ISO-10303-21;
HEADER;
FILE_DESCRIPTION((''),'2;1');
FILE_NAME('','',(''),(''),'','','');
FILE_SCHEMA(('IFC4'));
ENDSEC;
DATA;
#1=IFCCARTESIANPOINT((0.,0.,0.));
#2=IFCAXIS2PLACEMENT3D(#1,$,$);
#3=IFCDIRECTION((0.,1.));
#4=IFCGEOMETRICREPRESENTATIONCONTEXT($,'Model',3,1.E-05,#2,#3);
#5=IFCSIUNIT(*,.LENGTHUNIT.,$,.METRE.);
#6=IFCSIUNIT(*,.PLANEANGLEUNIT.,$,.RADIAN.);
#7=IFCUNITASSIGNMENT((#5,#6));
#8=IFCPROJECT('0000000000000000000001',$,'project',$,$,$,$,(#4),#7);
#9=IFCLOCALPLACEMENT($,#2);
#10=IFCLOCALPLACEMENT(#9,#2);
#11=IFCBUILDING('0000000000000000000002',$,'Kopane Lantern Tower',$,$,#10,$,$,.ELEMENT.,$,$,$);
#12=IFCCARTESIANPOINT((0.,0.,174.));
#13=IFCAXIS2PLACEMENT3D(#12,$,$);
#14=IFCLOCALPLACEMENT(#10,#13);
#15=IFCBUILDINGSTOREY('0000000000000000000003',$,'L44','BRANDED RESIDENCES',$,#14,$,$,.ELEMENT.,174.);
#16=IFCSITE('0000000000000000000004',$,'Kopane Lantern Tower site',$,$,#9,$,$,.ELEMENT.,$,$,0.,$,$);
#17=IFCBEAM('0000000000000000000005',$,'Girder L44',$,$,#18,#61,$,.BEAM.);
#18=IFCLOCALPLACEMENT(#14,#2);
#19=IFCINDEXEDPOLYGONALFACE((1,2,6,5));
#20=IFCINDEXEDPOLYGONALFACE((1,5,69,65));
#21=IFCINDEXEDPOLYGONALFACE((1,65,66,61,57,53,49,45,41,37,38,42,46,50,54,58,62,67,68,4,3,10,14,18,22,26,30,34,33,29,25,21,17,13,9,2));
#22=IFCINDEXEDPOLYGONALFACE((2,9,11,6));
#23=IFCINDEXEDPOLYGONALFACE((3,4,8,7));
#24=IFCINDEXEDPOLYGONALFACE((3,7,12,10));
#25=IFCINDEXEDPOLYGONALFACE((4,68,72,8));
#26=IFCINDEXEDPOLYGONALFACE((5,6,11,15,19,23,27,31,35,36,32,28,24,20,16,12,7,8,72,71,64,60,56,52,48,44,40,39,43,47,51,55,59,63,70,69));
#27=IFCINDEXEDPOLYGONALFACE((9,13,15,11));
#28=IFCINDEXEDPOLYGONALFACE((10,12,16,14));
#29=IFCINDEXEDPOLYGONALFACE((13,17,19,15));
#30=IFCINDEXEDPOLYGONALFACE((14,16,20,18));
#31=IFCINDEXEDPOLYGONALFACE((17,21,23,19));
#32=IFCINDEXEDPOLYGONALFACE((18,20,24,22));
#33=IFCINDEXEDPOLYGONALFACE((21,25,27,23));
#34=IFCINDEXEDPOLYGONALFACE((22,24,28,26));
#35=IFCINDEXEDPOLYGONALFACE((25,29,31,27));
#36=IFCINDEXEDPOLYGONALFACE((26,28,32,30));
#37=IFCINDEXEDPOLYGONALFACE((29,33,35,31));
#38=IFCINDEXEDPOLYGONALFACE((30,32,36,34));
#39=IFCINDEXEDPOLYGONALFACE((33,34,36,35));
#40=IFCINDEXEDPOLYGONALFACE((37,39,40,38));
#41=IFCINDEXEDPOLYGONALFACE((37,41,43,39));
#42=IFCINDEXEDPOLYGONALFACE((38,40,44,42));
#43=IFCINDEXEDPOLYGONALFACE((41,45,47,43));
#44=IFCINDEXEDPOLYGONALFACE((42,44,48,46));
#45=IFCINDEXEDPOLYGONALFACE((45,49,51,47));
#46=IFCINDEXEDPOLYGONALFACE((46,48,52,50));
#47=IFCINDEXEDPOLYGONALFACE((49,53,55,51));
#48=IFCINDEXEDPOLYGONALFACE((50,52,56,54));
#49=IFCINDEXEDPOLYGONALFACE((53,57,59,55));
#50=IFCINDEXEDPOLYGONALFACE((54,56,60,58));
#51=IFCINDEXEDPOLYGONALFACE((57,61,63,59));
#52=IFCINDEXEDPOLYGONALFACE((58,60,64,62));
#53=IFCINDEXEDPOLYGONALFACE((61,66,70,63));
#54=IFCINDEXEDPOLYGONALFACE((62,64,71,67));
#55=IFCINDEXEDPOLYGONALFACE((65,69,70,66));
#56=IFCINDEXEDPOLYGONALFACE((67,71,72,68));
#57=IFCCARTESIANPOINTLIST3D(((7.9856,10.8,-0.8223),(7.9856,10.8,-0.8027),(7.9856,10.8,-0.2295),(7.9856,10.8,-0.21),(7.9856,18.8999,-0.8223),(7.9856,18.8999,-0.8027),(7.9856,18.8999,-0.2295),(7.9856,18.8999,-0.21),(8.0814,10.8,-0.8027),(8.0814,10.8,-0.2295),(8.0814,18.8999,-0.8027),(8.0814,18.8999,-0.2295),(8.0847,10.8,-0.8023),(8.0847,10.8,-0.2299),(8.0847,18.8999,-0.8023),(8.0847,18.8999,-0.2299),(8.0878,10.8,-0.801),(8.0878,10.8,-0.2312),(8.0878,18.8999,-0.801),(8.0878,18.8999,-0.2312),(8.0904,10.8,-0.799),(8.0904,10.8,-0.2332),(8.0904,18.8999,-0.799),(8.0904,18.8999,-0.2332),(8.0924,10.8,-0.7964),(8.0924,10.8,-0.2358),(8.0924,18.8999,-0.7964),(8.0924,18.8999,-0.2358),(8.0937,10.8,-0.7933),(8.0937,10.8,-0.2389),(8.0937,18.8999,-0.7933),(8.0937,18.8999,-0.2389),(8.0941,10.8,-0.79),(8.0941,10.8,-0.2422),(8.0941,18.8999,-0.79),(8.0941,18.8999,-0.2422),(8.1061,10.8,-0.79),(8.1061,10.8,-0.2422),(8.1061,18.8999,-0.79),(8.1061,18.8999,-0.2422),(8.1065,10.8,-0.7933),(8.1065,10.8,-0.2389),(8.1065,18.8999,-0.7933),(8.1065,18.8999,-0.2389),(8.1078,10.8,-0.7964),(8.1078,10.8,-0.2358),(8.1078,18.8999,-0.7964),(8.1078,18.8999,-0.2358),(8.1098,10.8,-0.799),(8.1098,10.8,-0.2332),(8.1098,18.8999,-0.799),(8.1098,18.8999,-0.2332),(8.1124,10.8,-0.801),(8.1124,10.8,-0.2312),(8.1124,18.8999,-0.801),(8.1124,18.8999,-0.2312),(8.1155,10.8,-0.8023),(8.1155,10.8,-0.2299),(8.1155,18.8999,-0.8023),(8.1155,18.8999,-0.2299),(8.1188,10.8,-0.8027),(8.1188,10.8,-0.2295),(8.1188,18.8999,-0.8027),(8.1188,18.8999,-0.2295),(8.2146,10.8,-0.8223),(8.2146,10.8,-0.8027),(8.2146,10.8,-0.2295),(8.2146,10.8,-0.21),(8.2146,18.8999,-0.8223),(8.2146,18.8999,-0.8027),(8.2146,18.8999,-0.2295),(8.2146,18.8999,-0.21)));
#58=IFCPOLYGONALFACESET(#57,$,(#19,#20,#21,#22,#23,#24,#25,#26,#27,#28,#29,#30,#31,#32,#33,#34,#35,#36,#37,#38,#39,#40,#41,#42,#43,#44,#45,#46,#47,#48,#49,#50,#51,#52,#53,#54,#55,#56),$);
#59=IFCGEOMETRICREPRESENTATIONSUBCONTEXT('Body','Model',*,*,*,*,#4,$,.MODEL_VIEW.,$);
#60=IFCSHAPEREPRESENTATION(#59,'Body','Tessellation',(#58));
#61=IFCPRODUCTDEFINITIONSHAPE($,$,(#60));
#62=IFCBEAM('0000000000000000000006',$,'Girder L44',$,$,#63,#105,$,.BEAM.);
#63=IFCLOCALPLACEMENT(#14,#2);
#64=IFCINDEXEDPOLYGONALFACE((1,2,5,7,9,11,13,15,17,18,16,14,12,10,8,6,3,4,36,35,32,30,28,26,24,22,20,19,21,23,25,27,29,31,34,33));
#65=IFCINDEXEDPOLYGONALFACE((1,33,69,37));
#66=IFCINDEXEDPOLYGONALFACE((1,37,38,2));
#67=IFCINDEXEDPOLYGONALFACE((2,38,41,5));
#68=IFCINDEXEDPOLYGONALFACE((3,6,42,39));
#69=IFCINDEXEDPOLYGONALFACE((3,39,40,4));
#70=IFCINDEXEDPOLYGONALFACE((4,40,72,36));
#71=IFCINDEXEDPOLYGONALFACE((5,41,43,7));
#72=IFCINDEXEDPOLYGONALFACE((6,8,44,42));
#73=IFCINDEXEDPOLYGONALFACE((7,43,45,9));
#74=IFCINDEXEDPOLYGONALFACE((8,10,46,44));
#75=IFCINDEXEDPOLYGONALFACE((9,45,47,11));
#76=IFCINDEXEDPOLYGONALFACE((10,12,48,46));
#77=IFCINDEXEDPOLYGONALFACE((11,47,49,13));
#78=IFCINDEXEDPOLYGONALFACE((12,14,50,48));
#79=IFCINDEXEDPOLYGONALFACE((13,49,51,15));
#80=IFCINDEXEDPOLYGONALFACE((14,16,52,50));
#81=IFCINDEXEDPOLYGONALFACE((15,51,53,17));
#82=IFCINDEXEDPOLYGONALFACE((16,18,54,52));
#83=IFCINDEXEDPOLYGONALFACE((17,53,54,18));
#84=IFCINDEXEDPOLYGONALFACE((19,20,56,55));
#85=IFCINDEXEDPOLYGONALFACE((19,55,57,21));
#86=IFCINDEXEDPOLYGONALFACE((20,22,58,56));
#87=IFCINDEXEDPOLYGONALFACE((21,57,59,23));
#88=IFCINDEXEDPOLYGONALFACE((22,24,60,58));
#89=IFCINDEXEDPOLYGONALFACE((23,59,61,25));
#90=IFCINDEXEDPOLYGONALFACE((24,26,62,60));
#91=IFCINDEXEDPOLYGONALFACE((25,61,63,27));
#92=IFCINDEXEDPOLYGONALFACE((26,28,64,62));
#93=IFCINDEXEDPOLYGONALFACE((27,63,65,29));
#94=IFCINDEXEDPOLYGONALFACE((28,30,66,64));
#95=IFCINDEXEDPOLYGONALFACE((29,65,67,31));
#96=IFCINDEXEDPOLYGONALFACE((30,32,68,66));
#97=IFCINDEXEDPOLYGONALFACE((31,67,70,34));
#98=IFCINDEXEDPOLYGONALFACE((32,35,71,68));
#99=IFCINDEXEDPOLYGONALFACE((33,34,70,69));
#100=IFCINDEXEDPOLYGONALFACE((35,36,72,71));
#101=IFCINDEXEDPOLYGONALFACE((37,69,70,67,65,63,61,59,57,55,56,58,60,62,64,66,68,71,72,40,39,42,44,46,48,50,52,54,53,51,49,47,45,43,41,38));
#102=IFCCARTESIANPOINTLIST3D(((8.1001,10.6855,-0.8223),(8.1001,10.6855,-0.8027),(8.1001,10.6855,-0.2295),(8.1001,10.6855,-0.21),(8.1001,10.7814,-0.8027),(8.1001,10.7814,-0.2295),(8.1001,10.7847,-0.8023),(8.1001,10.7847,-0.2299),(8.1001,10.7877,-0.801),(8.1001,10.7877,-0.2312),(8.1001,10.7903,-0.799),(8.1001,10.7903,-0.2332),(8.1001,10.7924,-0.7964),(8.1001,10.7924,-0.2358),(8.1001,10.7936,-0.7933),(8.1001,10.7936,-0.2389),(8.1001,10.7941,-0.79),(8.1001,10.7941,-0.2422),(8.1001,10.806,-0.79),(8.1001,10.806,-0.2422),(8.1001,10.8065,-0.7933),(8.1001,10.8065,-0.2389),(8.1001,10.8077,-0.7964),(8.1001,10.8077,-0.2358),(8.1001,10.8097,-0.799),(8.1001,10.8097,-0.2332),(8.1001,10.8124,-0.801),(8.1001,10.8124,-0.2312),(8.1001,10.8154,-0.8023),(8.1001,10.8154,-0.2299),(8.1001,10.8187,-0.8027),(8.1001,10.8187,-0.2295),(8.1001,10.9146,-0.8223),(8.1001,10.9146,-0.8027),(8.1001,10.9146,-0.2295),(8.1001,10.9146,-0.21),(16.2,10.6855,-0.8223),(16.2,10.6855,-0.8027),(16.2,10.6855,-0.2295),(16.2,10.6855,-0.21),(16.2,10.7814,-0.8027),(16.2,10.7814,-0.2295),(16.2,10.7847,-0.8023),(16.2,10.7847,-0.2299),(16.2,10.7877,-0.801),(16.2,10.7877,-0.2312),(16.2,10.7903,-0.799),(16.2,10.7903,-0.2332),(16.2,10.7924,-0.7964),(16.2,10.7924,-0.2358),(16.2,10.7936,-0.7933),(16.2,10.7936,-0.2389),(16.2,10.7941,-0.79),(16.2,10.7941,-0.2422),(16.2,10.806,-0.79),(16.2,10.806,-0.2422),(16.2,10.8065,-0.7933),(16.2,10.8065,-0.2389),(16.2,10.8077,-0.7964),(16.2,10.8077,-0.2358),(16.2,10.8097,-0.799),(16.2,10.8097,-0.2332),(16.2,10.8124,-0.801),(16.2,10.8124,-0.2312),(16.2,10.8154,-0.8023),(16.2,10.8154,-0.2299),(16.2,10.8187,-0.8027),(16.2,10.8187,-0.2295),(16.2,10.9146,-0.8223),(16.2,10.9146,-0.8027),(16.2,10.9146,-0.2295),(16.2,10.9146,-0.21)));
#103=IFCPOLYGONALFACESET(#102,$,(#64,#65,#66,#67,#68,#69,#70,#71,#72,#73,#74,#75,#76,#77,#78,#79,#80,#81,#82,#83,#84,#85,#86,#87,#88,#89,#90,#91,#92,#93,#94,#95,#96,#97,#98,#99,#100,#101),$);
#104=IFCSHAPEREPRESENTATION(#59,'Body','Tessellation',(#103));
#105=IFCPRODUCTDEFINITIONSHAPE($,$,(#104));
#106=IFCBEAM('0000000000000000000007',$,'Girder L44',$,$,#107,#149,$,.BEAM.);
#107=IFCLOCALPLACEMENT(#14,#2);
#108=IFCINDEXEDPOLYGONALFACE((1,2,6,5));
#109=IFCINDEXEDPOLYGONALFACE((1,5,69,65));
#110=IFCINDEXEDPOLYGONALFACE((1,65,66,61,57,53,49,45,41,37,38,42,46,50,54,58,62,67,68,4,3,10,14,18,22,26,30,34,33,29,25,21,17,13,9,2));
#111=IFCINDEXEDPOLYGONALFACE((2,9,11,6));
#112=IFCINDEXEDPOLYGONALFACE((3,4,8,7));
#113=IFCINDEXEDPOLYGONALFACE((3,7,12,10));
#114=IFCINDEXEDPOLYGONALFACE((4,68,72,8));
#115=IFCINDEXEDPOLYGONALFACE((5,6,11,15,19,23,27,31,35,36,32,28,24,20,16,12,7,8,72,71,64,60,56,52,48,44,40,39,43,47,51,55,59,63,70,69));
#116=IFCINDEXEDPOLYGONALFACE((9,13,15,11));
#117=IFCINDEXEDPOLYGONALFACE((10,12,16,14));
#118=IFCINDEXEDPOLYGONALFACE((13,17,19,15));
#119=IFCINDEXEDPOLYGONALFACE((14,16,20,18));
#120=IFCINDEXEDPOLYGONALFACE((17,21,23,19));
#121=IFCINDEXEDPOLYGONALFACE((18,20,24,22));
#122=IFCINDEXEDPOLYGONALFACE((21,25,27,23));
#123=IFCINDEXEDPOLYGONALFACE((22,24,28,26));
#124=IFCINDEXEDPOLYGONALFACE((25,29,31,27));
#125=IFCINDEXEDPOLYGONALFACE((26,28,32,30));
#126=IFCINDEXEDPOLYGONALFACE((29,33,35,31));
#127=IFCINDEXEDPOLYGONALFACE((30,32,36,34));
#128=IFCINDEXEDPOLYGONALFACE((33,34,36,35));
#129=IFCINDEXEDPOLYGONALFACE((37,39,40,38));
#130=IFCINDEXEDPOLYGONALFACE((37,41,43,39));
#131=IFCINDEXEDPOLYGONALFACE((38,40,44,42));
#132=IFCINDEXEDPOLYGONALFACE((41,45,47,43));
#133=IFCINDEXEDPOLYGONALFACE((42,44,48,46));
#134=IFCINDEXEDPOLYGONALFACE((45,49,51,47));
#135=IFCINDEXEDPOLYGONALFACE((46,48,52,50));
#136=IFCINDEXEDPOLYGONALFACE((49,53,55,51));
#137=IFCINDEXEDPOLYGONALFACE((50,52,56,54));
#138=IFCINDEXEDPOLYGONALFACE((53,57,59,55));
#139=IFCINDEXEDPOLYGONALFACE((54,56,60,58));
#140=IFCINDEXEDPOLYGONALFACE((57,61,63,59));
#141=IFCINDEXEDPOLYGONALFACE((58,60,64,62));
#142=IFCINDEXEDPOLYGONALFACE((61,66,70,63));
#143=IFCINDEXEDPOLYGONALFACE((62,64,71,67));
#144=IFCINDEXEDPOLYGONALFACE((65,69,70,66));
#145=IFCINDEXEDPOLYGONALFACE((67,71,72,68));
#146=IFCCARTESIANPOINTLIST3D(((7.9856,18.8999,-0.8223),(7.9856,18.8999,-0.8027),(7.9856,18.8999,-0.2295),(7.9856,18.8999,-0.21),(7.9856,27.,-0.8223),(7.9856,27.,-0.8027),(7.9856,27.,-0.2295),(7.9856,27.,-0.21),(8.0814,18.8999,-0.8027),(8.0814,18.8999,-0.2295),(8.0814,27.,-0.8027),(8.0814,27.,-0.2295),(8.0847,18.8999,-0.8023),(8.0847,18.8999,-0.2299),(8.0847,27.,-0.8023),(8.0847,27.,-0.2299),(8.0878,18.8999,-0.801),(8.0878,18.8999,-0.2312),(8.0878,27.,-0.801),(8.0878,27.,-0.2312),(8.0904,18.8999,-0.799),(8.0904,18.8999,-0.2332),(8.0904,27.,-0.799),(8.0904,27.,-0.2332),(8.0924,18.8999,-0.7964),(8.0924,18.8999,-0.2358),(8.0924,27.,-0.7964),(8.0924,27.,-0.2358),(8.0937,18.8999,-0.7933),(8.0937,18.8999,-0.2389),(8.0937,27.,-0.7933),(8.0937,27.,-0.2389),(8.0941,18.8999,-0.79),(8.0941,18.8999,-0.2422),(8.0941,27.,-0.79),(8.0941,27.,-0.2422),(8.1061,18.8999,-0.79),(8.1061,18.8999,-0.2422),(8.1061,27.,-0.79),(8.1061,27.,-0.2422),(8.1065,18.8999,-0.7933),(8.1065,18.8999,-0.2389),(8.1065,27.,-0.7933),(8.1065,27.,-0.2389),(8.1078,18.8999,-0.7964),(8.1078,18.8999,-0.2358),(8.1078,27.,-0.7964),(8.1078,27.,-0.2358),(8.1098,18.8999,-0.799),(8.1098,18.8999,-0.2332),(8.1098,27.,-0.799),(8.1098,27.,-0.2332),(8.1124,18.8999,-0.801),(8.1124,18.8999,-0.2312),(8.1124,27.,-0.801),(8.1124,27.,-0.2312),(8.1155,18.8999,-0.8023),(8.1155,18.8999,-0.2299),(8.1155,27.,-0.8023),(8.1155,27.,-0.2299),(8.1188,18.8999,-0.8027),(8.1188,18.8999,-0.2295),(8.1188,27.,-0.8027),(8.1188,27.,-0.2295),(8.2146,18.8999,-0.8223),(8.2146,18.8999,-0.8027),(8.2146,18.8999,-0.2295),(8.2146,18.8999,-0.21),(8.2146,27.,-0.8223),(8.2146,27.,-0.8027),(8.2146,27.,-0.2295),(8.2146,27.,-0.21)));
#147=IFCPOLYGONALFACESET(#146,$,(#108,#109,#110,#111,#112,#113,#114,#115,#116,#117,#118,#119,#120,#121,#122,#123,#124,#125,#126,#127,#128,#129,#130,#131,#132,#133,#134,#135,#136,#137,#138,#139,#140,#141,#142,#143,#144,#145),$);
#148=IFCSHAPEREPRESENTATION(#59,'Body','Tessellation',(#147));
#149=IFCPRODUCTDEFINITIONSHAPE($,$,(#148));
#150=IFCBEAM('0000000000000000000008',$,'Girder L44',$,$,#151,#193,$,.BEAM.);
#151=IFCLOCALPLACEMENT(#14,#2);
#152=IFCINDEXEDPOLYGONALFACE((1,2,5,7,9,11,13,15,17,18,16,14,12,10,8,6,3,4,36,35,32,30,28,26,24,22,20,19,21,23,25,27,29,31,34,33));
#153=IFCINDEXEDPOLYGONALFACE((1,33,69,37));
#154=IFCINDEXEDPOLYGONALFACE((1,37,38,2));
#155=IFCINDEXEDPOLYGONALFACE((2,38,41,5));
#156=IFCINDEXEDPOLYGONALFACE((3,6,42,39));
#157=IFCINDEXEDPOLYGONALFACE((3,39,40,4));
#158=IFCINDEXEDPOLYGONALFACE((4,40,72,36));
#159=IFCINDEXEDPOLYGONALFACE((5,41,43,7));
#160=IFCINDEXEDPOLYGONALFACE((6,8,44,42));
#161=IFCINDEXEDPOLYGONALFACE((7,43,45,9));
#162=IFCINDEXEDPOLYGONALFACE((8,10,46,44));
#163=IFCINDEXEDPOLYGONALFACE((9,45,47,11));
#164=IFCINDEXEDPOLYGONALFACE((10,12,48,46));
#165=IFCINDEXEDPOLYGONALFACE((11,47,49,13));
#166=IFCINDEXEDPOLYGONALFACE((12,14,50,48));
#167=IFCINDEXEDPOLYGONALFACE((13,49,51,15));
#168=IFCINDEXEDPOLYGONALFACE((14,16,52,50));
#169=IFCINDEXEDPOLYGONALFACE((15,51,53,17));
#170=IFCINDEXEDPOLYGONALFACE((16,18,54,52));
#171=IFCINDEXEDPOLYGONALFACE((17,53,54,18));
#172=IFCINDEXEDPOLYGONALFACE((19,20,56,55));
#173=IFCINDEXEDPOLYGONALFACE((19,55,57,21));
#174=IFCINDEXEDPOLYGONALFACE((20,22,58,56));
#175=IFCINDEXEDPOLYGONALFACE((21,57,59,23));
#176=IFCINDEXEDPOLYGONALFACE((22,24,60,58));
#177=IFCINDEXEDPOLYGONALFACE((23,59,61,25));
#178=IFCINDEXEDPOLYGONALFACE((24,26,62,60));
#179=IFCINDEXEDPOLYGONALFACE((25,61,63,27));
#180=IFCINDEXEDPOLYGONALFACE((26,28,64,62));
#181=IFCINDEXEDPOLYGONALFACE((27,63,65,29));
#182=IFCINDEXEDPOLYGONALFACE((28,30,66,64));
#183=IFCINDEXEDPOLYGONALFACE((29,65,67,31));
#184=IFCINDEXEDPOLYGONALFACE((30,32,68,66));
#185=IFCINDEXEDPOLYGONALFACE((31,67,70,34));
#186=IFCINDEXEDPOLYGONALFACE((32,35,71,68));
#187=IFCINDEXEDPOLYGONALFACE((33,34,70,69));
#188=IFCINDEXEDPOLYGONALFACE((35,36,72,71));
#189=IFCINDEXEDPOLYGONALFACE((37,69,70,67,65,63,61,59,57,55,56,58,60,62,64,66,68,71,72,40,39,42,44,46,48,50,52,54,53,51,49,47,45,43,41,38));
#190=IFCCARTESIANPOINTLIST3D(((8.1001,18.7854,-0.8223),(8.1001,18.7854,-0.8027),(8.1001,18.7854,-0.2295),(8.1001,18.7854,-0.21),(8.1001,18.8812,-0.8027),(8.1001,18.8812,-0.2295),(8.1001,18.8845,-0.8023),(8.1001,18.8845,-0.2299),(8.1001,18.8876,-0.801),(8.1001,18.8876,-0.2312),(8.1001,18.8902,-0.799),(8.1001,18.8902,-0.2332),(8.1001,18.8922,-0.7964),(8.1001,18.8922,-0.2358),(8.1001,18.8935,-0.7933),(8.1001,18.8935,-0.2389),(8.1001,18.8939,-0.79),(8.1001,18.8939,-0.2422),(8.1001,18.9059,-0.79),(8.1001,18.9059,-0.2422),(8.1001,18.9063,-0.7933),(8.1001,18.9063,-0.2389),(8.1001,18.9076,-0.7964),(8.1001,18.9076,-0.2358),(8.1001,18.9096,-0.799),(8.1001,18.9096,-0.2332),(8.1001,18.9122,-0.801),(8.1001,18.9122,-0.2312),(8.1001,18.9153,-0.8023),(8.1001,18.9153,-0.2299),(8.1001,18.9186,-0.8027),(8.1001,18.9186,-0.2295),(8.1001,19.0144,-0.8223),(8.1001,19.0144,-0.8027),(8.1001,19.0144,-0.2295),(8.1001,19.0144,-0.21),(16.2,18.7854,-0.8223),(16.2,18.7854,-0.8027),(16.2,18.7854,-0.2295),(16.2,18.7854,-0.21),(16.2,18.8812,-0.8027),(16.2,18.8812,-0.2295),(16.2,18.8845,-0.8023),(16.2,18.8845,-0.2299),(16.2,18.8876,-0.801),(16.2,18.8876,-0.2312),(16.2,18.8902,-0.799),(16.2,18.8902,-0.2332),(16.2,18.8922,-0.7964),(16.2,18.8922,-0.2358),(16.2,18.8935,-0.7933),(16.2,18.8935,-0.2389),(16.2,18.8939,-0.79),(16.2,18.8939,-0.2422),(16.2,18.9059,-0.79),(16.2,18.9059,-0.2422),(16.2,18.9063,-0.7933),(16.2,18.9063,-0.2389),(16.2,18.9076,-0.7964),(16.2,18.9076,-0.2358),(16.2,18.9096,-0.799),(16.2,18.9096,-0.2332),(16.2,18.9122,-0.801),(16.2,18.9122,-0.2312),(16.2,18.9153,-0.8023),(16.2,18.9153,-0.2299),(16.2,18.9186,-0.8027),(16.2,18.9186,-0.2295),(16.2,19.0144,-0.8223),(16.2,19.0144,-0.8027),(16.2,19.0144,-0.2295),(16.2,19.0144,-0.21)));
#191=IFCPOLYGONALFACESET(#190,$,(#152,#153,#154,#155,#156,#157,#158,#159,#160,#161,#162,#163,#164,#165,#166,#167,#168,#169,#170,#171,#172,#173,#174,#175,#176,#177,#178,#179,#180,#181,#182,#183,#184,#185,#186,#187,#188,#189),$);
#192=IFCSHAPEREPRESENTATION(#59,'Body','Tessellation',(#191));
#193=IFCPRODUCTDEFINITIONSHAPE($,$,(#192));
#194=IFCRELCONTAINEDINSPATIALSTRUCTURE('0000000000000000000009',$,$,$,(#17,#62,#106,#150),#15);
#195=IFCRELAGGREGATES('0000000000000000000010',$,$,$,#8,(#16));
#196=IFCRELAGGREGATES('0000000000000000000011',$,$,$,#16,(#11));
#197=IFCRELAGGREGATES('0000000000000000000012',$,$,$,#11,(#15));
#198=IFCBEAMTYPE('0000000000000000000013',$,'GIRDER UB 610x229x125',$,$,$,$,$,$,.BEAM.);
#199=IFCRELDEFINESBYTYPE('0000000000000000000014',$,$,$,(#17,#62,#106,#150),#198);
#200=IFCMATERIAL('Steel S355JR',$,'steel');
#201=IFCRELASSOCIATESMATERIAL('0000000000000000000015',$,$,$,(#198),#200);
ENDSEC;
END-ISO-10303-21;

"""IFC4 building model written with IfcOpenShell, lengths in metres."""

from ifc_helpers import new_model, si_unit, direction, frame, origin, origin_2d, place, context, subcontext, project, spatial, i_section, extrude, material, material_profile, profile_set, type_object, element, save


model = new_model("IFC4")

# Units and contexts
model_context = context("Model", 3, precision=1e-05, world=origin(), true_north=direction((0.0, 1.0)))
body_context = subcontext(model_context, "Body", "Model", "MODEL_VIEW")
ifc_project = project(units=[si_unit("LENGTHUNIT", "METRE"), si_unit("PLANEANGLEUNIT", "RADIAN")], contexts=[model_context])

# Site, building, storey
site_placement = place(None, origin())
site = spatial("IfcSite", under=ifc_project, at=site_placement, Name="Kopane Lantern Tower site", CompositionType="ELEMENT", RefElevation=0.0)
building_placement = place(site_placement, origin())
building = spatial("IfcBuilding", under=site, at=building_placement, Name="Kopane Lantern Tower", CompositionType="ELEMENT")
storey_placement = place(building_placement, frame((0.0, 0.0, 174.0)))
storey = spatial("IfcBuildingStorey", under=building, at=storey_placement, Name="L44", Description="BRANDED RESIDENCES", CompositionType="ELEMENT", Elevation=174.0)

# Beams
ifc_material_1 = material(Name="Steel S355JR", Category="steel")
ifc_material_profile_1 = material_profile(ifc_material_1, i_section(OverallWidth=0.229, OverallDepth=0.6123, WebThickness=0.012, FlangeThickness=0.0195, FilletRadius=0.0127, at=origin_2d()), Name="UB 610x229x125")
ifc_profile_set_1 = profile_set([ifc_material_profile_1], Name="Steel S355JR")
beam_type_1 = type_object("IfcBeamType", Name="GIRDER UB 610x229x125", PredefinedType="BEAM", material=ifc_profile_set_1)
for number, where, z_axis, x_axis, name in (
    (1, (8.1001, 10.8, -0.5161), (0.0, 1.0, 0.0), (-1.0, 0.0, 0.0), "Girder L44"),
    (2, (8.1001, 10.8, -0.5161), (1.0, 0.0, 0.0), (0.0, 1.0, 0.0), "Girder L44"),
):
    element("IfcBeam", number, at=place(storey_placement, frame(where, z_axis=z_axis, x_axis=x_axis)), inside=storey, type_object=beam_type_1, Name=name, PredefinedType="BEAM", context=body_context, shape_type="SweptSolid", body=[
        extrude(i_section(OverallWidth=0.229, OverallDepth=0.6123, WebThickness=0.012, FlangeThickness=0.0195, FilletRadius=0.0127, at=origin_2d()), origin(), (0.0, 0.0, 1.0), 8.0999),
    ])
beam_1_placement = place(storey_placement, frame((8.1001, 18.8999, -0.5161), z_axis=(0.0, 1.0, 0.0), x_axis=(-1.0, 0.0, 0.0)))
element("IfcBeam", 3, at=beam_1_placement, inside=storey, type_object=beam_type_1, Name="Girder L44", PredefinedType="BEAM", context=body_context, shape_type="SweptSolid", body=[
    extrude(i_section(OverallWidth=0.229, OverallDepth=0.6123, WebThickness=0.012, FlangeThickness=0.0195, FilletRadius=0.0127, at=origin_2d()), origin(), (0.0, 0.0, 1.0), 8.1001),
])
beam_2_placement = place(storey_placement, frame((8.1001, 18.8999, -0.5161), z_axis=(1.0, 0.0, 0.0), x_axis=(0.0, 1.0, 0.0)))
element("IfcBeam", 4, at=beam_2_placement, inside=storey, type_object=beam_type_1, Name="Girder L44", PredefinedType="BEAM", context=body_context, shape_type="SweptSolid", body=[
    extrude(i_section(OverallWidth=0.229, OverallDepth=0.6123, WebThickness=0.012, FlangeThickness=0.0195, FilletRadius=0.0127, at=origin_2d()), origin(), (0.0, 0.0, 1.0), 8.0999),
])

save(model, "model.ifc")
